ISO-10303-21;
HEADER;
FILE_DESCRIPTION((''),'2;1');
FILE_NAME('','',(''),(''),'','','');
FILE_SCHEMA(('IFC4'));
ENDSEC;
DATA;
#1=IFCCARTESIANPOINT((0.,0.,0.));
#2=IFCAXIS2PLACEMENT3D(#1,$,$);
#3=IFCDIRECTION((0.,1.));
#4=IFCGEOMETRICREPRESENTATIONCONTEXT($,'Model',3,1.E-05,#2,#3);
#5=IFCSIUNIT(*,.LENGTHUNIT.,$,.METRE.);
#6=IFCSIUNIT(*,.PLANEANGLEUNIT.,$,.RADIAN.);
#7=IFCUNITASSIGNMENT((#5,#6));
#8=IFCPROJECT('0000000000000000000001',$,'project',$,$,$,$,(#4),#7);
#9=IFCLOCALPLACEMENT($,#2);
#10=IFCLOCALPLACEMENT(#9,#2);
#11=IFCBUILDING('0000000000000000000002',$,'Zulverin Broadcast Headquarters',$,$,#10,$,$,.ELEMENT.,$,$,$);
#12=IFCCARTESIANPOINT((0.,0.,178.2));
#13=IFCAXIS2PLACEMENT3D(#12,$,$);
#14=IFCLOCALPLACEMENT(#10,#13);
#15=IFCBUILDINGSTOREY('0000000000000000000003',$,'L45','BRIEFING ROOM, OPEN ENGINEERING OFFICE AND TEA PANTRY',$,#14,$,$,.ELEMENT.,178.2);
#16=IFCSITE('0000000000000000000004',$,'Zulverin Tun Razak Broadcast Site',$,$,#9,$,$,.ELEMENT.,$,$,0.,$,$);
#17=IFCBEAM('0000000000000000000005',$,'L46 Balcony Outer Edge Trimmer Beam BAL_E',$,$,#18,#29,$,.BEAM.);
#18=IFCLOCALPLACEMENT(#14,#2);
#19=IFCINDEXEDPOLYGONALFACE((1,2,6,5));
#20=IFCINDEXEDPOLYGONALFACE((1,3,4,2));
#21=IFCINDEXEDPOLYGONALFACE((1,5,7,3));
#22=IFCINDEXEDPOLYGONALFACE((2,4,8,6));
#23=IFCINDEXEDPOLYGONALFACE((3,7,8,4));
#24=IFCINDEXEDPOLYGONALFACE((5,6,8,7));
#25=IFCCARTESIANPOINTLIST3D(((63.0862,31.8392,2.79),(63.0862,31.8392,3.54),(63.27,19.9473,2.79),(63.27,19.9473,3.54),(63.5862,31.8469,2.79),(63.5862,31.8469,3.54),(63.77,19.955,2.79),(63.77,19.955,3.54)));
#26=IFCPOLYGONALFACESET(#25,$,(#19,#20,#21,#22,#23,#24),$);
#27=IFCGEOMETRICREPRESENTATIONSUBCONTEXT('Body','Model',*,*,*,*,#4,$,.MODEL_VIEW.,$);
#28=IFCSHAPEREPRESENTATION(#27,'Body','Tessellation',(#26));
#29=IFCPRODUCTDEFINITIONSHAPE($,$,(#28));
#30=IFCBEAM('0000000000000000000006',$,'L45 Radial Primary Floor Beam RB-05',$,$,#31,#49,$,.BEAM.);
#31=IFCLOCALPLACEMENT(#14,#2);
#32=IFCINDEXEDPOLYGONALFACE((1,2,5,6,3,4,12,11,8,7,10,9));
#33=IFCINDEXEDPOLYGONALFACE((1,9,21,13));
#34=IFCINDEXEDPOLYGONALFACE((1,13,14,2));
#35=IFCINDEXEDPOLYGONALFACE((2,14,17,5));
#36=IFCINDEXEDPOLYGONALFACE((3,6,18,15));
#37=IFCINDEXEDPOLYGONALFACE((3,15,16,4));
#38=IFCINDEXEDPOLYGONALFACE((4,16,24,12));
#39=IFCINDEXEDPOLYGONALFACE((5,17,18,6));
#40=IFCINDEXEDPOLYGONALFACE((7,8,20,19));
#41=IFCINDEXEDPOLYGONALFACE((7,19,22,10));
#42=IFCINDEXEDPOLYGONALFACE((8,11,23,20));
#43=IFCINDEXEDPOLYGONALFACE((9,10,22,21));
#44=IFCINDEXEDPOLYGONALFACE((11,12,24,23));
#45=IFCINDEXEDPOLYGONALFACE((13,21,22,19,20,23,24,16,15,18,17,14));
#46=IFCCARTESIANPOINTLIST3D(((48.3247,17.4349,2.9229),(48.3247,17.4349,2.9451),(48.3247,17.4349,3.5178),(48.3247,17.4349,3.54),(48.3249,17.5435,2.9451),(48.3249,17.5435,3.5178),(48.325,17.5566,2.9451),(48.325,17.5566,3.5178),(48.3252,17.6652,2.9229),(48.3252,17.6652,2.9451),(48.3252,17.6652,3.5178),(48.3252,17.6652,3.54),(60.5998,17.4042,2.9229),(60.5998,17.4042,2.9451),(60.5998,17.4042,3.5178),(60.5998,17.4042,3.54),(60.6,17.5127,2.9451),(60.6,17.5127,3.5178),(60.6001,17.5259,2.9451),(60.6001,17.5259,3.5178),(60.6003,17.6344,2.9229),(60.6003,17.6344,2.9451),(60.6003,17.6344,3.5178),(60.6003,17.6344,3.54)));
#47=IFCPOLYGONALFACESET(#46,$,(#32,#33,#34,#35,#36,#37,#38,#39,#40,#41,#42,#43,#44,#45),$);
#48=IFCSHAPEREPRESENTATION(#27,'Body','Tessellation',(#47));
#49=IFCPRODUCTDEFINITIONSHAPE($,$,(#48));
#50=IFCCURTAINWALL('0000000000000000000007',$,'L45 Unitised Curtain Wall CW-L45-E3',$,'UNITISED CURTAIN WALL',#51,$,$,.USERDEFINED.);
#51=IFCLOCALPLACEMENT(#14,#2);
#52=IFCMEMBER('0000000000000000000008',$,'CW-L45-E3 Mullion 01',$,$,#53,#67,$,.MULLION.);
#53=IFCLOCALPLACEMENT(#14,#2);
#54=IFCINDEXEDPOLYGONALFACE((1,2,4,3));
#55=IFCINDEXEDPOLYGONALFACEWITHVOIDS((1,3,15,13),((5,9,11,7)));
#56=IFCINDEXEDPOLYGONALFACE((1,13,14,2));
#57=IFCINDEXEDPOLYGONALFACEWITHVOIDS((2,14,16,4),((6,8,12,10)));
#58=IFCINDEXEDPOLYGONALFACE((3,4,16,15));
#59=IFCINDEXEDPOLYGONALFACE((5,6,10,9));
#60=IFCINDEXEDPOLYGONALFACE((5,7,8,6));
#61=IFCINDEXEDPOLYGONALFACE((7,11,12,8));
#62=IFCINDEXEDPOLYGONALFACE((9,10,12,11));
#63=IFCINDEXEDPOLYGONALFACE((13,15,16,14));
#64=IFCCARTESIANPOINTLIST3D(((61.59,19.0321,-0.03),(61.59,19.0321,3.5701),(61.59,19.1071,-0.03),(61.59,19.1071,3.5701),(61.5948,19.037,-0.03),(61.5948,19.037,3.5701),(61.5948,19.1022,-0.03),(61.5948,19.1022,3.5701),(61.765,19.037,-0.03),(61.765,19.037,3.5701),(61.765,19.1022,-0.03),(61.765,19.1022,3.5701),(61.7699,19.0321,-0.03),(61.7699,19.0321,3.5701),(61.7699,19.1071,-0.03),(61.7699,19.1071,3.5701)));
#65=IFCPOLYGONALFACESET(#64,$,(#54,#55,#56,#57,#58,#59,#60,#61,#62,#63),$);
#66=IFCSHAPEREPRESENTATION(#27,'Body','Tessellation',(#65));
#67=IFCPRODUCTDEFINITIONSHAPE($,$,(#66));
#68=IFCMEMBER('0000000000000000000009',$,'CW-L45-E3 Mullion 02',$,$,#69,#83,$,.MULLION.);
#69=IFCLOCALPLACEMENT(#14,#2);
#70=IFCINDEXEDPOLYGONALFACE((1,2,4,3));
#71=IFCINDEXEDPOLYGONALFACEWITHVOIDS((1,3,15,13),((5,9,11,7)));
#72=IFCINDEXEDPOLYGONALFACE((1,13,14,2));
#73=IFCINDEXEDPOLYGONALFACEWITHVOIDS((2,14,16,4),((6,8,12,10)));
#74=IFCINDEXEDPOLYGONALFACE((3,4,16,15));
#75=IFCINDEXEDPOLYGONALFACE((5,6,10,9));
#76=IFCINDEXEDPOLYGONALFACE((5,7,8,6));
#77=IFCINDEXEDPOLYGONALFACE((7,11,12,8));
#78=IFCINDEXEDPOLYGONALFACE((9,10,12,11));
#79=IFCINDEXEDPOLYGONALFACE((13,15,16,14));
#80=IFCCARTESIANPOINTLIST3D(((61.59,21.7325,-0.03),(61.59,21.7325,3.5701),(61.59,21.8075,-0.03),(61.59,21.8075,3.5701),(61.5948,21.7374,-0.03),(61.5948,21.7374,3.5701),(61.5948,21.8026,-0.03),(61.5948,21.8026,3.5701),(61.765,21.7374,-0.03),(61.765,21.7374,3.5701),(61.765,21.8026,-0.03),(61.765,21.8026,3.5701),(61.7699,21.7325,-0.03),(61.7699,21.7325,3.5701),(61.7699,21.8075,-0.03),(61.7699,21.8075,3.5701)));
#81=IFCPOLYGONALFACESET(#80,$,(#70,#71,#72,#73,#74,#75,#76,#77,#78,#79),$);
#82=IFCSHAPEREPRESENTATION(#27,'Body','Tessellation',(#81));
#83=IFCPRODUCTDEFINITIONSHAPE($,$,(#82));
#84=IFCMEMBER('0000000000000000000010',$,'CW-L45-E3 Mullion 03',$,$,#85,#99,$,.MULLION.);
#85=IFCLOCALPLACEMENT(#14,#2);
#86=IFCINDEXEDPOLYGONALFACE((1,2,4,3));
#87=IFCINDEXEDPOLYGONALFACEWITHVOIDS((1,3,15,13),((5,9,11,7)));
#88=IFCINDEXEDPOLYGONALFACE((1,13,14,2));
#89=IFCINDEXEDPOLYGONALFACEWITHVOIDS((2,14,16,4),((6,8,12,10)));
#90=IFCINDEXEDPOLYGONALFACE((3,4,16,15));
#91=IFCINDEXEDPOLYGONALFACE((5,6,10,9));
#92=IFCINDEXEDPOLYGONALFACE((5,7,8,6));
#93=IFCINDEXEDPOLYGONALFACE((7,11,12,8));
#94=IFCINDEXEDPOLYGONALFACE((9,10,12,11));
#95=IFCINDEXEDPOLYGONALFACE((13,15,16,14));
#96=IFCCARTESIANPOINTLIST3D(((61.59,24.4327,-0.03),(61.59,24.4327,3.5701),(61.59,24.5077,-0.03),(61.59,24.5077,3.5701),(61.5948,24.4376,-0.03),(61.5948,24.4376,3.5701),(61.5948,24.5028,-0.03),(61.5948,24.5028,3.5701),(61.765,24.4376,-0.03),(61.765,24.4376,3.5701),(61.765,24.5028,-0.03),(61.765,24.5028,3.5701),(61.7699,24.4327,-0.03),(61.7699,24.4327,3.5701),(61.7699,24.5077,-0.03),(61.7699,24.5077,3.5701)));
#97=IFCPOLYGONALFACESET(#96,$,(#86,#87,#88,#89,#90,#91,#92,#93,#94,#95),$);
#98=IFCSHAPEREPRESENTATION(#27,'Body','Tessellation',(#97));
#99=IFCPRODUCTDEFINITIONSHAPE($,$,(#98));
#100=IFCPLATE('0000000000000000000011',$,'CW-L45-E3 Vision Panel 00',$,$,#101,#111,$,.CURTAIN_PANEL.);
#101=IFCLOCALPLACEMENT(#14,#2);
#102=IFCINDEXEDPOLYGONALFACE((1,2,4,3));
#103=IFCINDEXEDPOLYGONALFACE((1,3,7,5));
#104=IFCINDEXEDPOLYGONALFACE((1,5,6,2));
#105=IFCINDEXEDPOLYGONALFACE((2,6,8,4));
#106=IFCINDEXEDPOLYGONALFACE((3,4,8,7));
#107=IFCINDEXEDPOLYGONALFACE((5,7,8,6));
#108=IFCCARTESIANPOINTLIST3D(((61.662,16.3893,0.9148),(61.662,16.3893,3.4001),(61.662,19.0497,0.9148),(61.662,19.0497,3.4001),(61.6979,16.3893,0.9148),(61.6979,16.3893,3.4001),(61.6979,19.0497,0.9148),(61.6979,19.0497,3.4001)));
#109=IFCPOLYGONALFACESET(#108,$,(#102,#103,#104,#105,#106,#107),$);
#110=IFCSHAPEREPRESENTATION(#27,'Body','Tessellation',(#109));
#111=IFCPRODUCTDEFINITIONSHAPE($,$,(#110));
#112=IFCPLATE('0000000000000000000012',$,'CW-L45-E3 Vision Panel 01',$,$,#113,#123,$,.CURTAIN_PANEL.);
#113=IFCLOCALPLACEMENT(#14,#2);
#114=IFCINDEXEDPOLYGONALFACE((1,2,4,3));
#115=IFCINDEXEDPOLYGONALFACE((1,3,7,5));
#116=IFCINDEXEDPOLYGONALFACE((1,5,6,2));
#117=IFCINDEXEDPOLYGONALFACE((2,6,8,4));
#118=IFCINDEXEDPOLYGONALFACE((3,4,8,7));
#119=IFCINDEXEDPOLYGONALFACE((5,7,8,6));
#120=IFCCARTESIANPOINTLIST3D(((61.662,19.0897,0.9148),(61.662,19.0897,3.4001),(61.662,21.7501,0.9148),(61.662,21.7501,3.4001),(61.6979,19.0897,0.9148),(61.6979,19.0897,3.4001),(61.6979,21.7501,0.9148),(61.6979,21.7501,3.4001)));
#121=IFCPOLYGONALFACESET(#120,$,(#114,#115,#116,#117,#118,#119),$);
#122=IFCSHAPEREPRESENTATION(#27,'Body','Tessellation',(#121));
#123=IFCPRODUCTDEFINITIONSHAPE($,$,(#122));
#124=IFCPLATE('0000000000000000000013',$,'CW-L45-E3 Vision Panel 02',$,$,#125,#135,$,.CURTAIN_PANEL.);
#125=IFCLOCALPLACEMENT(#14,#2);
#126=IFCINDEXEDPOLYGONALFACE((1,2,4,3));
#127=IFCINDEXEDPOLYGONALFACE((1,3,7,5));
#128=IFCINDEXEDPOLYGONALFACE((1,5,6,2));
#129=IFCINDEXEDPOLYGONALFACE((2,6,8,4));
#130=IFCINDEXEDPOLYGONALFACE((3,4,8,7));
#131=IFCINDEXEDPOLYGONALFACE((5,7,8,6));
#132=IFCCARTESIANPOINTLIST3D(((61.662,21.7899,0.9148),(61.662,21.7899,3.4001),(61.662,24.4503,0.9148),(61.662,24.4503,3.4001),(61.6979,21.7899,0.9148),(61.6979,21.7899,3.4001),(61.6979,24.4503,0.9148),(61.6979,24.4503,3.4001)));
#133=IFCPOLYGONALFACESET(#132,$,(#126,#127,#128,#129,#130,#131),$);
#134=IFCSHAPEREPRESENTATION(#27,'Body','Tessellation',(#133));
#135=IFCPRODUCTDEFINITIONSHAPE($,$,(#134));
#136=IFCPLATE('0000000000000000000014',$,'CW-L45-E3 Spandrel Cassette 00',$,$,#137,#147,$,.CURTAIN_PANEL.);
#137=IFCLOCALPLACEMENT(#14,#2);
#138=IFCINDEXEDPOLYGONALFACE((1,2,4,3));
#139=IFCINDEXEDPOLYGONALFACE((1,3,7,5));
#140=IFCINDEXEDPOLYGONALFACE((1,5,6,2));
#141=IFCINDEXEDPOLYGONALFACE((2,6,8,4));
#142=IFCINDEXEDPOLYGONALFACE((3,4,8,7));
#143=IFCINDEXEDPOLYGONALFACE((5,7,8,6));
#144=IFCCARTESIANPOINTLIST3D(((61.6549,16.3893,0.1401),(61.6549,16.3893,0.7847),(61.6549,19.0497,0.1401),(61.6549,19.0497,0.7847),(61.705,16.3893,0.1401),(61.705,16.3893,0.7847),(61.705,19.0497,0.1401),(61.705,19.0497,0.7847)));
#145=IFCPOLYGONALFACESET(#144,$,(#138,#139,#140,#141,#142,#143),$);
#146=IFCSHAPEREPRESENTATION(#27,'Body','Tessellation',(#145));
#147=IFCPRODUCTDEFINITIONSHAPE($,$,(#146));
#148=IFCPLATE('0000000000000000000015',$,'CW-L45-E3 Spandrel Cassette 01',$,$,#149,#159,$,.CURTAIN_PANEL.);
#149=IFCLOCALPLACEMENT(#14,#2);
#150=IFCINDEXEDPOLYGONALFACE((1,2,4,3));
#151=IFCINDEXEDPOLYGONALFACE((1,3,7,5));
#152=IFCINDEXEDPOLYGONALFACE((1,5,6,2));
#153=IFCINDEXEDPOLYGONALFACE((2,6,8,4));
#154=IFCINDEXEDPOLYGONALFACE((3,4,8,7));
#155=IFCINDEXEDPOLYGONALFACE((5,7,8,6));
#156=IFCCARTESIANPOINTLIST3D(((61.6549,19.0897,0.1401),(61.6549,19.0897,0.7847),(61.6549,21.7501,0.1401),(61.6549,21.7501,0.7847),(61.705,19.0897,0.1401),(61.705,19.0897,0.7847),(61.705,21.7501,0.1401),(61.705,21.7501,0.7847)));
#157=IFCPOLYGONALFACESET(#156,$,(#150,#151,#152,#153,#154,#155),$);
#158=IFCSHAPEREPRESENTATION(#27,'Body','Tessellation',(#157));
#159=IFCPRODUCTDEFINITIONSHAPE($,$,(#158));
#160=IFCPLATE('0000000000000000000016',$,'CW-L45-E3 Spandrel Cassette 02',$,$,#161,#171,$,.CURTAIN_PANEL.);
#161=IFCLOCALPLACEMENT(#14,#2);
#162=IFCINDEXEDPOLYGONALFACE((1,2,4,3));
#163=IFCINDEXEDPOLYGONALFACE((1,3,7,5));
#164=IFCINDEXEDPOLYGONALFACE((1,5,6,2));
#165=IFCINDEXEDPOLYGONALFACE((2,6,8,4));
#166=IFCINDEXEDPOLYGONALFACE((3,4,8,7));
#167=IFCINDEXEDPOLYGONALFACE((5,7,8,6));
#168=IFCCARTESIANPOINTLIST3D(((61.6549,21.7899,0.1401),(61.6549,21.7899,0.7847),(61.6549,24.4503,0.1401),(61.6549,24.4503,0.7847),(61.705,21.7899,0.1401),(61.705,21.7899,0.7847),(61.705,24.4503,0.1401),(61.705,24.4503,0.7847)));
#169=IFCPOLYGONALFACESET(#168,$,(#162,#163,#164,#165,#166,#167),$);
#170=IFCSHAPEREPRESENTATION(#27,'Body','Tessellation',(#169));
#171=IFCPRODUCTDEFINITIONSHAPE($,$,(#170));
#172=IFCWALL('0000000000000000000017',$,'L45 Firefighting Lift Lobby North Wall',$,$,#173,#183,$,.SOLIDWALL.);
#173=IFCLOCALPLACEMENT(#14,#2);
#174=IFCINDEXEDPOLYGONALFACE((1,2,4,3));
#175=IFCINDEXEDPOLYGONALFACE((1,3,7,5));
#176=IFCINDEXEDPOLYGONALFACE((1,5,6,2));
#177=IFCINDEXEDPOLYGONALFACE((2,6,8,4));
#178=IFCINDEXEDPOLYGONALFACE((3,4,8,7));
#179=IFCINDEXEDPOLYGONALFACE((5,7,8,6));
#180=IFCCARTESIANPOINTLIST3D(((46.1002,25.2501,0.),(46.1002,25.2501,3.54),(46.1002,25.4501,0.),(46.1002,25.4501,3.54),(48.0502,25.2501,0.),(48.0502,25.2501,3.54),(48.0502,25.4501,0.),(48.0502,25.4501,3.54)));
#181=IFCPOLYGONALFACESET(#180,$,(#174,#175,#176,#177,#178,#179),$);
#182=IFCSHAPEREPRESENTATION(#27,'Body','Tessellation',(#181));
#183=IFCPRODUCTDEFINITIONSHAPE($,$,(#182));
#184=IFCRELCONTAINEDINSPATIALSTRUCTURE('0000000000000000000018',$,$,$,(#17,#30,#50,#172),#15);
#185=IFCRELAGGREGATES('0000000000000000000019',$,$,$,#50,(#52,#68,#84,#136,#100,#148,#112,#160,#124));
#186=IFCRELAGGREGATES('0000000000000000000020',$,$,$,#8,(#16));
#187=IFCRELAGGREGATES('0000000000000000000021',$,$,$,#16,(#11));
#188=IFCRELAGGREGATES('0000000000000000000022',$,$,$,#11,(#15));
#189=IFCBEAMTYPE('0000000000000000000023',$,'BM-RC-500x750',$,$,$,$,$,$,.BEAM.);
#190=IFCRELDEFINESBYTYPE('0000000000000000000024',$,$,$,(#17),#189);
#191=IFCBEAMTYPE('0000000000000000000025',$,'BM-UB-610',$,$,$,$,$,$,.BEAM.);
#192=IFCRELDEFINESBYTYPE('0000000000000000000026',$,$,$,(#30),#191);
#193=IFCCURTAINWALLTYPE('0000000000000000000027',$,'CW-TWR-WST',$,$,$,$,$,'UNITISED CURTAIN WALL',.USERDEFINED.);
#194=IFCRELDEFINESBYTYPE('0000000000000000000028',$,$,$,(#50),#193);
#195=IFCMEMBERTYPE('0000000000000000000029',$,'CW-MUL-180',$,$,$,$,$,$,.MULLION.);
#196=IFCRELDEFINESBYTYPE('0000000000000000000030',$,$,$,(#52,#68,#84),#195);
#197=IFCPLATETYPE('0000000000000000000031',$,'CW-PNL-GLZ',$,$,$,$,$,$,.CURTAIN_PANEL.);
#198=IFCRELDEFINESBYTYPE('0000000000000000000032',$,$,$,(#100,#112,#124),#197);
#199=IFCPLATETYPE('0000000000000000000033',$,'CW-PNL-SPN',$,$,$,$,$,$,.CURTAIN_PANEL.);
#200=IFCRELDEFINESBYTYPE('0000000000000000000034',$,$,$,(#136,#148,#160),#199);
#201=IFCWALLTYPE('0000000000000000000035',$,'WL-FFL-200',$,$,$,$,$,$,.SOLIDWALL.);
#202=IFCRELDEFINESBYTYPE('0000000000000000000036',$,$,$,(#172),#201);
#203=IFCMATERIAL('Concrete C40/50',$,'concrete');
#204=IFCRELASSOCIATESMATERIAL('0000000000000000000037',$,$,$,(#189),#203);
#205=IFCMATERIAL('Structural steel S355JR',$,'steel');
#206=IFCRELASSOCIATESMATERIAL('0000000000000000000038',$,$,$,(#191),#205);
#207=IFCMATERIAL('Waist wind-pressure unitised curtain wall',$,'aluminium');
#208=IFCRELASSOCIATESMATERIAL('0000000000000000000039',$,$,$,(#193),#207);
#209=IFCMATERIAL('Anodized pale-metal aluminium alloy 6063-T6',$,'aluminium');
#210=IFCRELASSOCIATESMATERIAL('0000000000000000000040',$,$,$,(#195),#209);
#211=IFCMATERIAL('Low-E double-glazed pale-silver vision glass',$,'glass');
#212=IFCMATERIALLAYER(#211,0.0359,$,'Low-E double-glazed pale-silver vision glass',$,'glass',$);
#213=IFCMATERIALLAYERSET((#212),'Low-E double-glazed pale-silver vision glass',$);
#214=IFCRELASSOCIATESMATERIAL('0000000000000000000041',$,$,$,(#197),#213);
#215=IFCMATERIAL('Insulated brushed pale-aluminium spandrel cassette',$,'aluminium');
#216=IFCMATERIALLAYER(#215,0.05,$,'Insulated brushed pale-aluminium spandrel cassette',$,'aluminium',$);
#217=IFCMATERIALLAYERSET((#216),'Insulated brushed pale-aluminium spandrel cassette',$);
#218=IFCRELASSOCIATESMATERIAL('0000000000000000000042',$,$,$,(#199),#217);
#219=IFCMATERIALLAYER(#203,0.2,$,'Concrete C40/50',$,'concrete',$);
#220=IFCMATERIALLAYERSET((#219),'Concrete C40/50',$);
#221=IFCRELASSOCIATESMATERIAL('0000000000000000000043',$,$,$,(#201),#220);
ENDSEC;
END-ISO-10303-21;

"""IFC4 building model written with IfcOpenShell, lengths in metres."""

from ifc_helpers import new_model, si_unit, direction, frame, frame_2d, origin, origin_2d, place, context, subcontext, project, spatial, rectangle, hollow_rectangle, i_section, extrude, material, layer, layer_set, material_profile, profile_set, type_object, element, aggregate, save


model = new_model("IFC4")

# Units and contexts
model_context = context("Model", 3, precision=1e-05, world=origin(), true_north=direction((0.0, 1.0)))
body_context = subcontext(model_context, "Body", "Model", "MODEL_VIEW")
ifc_project = project(units=[si_unit("LENGTHUNIT", "METRE"), si_unit("PLANEANGLEUNIT", "RADIAN")], contexts=[model_context])

# Site, building, storey
site_placement = place(None, origin())
site = spatial("IfcSite", under=ifc_project, at=site_placement, Name="Zulverin Tun Razak Broadcast Site", CompositionType="ELEMENT", RefElevation=0.0)
building_placement = place(site_placement, origin())
building = spatial("IfcBuilding", under=site, at=building_placement, Name="Zulverin Broadcast Headquarters", CompositionType="ELEMENT")
storey_placement = place(building_placement, frame((0.0, 0.0, 178.2)))
storey = spatial("IfcBuildingStorey", under=building, at=storey_placement, Name="L45", Description="BRIEFING ROOM, OPEN ENGINEERING OFFICE AND TEA PANTRY", CompositionType="ELEMENT", Elevation=178.2)

# Beams
ifc_material_1 = material(Name="Concrete C40/50", Category="concrete")
ifc_material_profile_1 = material_profile(ifc_material_1, rectangle(XDim=0.5, YDim=0.75, at=origin_2d()), Name="Concrete C40/50", Category="concrete")
ifc_profile_set_1 = profile_set([ifc_material_profile_1], Name="Concrete C40/50")
beam_type_1 = type_object("IfcBeamType", Name="BM-RC-500x750", PredefinedType="BEAM", material=ifc_profile_set_1)
beam_1_placement = place(storey_placement, frame((63.52, 19.9512, 3.165), z_axis=(-0.015457, 0.999881, 0.0), x_axis=(-0.999881, -0.015457, 0.0)))
element("IfcBeam", 1, at=beam_1_placement, inside=storey, type_object=beam_type_1, Name="L46 Balcony Outer Edge Trimmer Beam BAL_E", PredefinedType="BEAM", context=body_context, shape_type="SweptSolid", body=[
    extrude(rectangle(XDim=0.5, YDim=0.75, at=origin_2d()), origin(), (0.0, 0.0, 1.0), 11.8933),
])
ifc_material_2 = material(Name="Structural steel S355JR", Category="steel")
ifc_material_profile_2 = material_profile(ifc_material_2, i_section(OverallWidth=0.2302, OverallDepth=0.6172, WebThickness=0.0132, FlangeThickness=0.0222, at=origin_2d()), Name="Structural steel S355JR", Category="steel")
ifc_profile_set_2 = profile_set([ifc_material_profile_2], Name="Structural steel S355JR")
beam_type_2 = type_object("IfcBeamType", Name="BM-UB-610", PredefinedType="BEAM", material=ifc_profile_set_2)
beam_2_placement = place(storey_placement, frame((48.325, 17.55, 3.2314), z_axis=(0.999997, -0.002506, 0.0), x_axis=(0.002506, 0.999997, 0.0)))
element("IfcBeam", 2, at=beam_2_placement, inside=storey, type_object=beam_type_2, Name="L45 Radial Primary Floor Beam RB-05", PredefinedType="BEAM", context=body_context, shape_type="SweptSolid", body=[
    extrude(i_section(OverallWidth=0.2302, OverallDepth=0.6172, WebThickness=0.0132, FlangeThickness=0.0222, at=origin_2d()), origin(), (0.0, 0.0, 1.0), 12.2751),
])

# Curtain wall, members, plates
ifc_material_3 = material(Name="Waist wind-pressure unitised curtain wall", Category="aluminium")
curtain_wall_type = type_object("IfcCurtainWallType", Name="CW-TWR-WST", ElementType="UNITISED CURTAIN WALL", PredefinedType="USERDEFINED", material=ifc_material_3)
curtain_wall_placement = place(storey_placement, origin())
curtain_wall = element("IfcCurtainWall", 3, at=curtain_wall_placement, inside=storey, type_object=curtain_wall_type, Name="L45 Unitised Curtain Wall CW-L45-E3", ObjectType="UNITISED CURTAIN WALL", PredefinedType="USERDEFINED")
ifc_material_4 = material(Name="Anodized pale-metal aluminium alloy 6063-T6", Category="aluminium")
ifc_material_profile_3 = material_profile(ifc_material_4, hollow_rectangle(XDim=0.075, YDim=0.1799, WallThickness=0.0049, at=origin_2d()), Name="Anodized pale-metal aluminium alloy 6063-T6", Category="aluminium")
ifc_profile_set_3 = profile_set([ifc_material_profile_3], Name="Anodized pale-metal aluminium alloy 6063-T6")
member_type = type_object("IfcMemberType", Name="CW-MUL-180", PredefinedType="MULLION", material=ifc_profile_set_3)
member_1_placement = place(storey_placement, frame((61.6799, 19.0696, -0.03), z_axis=(0.0, 0.0, 1.0), x_axis=(0.0, 1.0, 0.0)))
member_1 = element("IfcMember", 4, at=member_1_placement, type_object=member_type, Name="CW-L45-E3 Mullion 01", PredefinedType="MULLION", context=body_context, shape_type="SweptSolid", body=[
    extrude(hollow_rectangle(XDim=0.075, YDim=0.1799, WallThickness=0.0049, at=origin_2d()), origin(), (0.0, 0.0, 1.0), 3.6001),
])
member_2_placement = place(storey_placement, frame((61.6799, 21.77, -0.03), z_axis=(0.0, 0.0, 1.0), x_axis=(0.0, 1.0, 0.0)))
member_2 = element("IfcMember", 5, at=member_2_placement, type_object=member_type, Name="CW-L45-E3 Mullion 02", PredefinedType="MULLION", context=body_context, shape_type="SweptSolid", body=[
    extrude(hollow_rectangle(XDim=0.075, YDim=0.1799, WallThickness=0.0049, at=origin_2d()), origin(), (0.0, 0.0, 1.0), 3.6001),
])
member_3_placement = place(storey_placement, frame((61.6799, 24.4702, -0.03), z_axis=(0.0, 0.0, 1.0), x_axis=(0.0, 1.0, 0.0)))
member_3 = element("IfcMember", 6, at=member_3_placement, type_object=member_type, Name="CW-L45-E3 Mullion 03", PredefinedType="MULLION", context=body_context, shape_type="SweptSolid", body=[
    extrude(hollow_rectangle(XDim=0.075, YDim=0.1799, WallThickness=0.0049, at=origin_2d()), origin(), (0.0, 0.0, 1.0), 3.6001),
])
ifc_material_5 = material(Name="Low-E double-glazed pale-silver vision glass", Category="glass")
ifc_layer_1 = layer(ifc_material_5, 0.0359, Name="Low-E double-glazed pale-silver vision glass", Category="glass")
ifc_layer_set_1 = layer_set([ifc_layer_1], Name="Low-E double-glazed pale-silver vision glass")
plate_type_1 = type_object("IfcPlateType", Name="CW-PNL-GLZ", PredefinedType="CURTAIN_PANEL", material=ifc_layer_set_1)
plate_1_placement = place(storey_placement, frame((61.6799, 17.7195, 0.9148), z_axis=(0.0, 0.0, 1.0), x_axis=(0.0, 1.0, 0.0)))
plate_1 = element("IfcPlate", 7, at=plate_1_placement, type_object=plate_type_1, Name="CW-L45-E3 Vision Panel 00", PredefinedType="CURTAIN_PANEL", context=body_context, shape_type="SweptSolid", body=[
    extrude(rectangle(XDim=2.6604, YDim=0.0359, at=origin_2d()), origin(), (0.0, 0.0, 1.0), 2.4854),
])
plate_2_placement = place(storey_placement, frame((61.6799, 20.4199, 0.9148), z_axis=(0.0, 0.0, 1.0), x_axis=(0.0, 1.0, 0.0)))
plate_2 = element("IfcPlate", 8, at=plate_2_placement, type_object=plate_type_1, Name="CW-L45-E3 Vision Panel 01", PredefinedType="CURTAIN_PANEL", context=body_context, shape_type="SweptSolid", body=[
    extrude(rectangle(XDim=2.6604, YDim=0.0359, at=origin_2d()), origin(), (0.0, 0.0, 1.0), 2.4854),
])
plate_3_placement = place(storey_placement, frame((61.6799, 23.1201, 0.9148), z_axis=(0.0, 0.0, 1.0), x_axis=(0.0, 1.0, 0.0)))
plate_3 = element("IfcPlate", 9, at=plate_3_placement, type_object=plate_type_1, Name="CW-L45-E3 Vision Panel 02", PredefinedType="CURTAIN_PANEL", context=body_context, shape_type="SweptSolid", body=[
    extrude(rectangle(XDim=2.6604, YDim=0.0359, at=origin_2d()), origin(), (0.0, 0.0, 1.0), 2.4854),
])
ifc_material_6 = material(Name="Insulated brushed pale-aluminium spandrel cassette", Category="aluminium")
ifc_layer_2 = layer(ifc_material_6, 0.05, Name="Insulated brushed pale-aluminium spandrel cassette", Category="aluminium")
ifc_layer_set_2 = layer_set([ifc_layer_2], Name="Insulated brushed pale-aluminium spandrel cassette")
plate_type_2 = type_object("IfcPlateType", Name="CW-PNL-SPN", PredefinedType="CURTAIN_PANEL", material=ifc_layer_set_2)
plate_4_placement = place(storey_placement, frame((61.6799, 17.7195, 0.1401), z_axis=(0.0, 0.0, 1.0), x_axis=(0.0, 1.0, 0.0)))
plate_4 = element("IfcPlate", 10, at=plate_4_placement, type_object=plate_type_2, Name="CW-L45-E3 Spandrel Cassette 00", PredefinedType="CURTAIN_PANEL", context=body_context, shape_type="SweptSolid", body=[
    extrude(rectangle(XDim=2.6604, YDim=0.05, at=origin_2d()), origin(), (0.0, 0.0, 1.0), 0.6445),
])
plate_5_placement = place(storey_placement, frame((61.6799, 20.4199, 0.1401), z_axis=(0.0, 0.0, 1.0), x_axis=(0.0, 1.0, 0.0)))
plate_5 = element("IfcPlate", 11, at=plate_5_placement, type_object=plate_type_2, Name="CW-L45-E3 Spandrel Cassette 01", PredefinedType="CURTAIN_PANEL", context=body_context, shape_type="SweptSolid", body=[
    extrude(rectangle(XDim=2.6604, YDim=0.05, at=origin_2d()), origin(), (0.0, 0.0, 1.0), 0.6445),
])
plate_6_placement = place(storey_placement, frame((61.6799, 23.1201, 0.1401), z_axis=(0.0, 0.0, 1.0), x_axis=(0.0, 1.0, 0.0)))
plate_6 = element("IfcPlate", 12, at=plate_6_placement, type_object=plate_type_2, Name="CW-L45-E3 Spandrel Cassette 02", PredefinedType="CURTAIN_PANEL", context=body_context, shape_type="SweptSolid", body=[
    extrude(rectangle(XDim=2.6604, YDim=0.05, at=origin_2d()), origin(), (0.0, 0.0, 1.0), 0.6445),
])
aggregate(curtain_wall, [member_1, member_2, member_3, plate_4, plate_1, plate_5, plate_2, plate_6, plate_3])

# Wall
ifc_layer_3 = layer(ifc_material_1, 0.2, Name="Concrete C40/50", Category="concrete")
ifc_layer_set_3 = layer_set([ifc_layer_3], Name="Concrete C40/50")
wall_type_1 = type_object("IfcWallType", Name="WL-FFL-200", PredefinedType="SOLIDWALL", material=ifc_layer_set_3)
wall_1_placement = place(storey_placement, frame((46.1001, 25.3501, 0.0), z_axis=(0.0, 0.0, 1.0), x_axis=(1.0, 0.0, 0.0)))
element("IfcWall", 13, at=wall_1_placement, inside=storey, type_object=wall_type_1, Name="L45 Firefighting Lift Lobby North Wall", PredefinedType="SOLIDWALL", context=body_context, shape_type="SweptSolid", body=[
    extrude(rectangle(XDim=1.95, YDim=0.2, at=frame_2d((0.9751, 0.0))), origin(), (0.0, 0.0, 1.0), 3.54),
])

save(model, "model.ifc")
